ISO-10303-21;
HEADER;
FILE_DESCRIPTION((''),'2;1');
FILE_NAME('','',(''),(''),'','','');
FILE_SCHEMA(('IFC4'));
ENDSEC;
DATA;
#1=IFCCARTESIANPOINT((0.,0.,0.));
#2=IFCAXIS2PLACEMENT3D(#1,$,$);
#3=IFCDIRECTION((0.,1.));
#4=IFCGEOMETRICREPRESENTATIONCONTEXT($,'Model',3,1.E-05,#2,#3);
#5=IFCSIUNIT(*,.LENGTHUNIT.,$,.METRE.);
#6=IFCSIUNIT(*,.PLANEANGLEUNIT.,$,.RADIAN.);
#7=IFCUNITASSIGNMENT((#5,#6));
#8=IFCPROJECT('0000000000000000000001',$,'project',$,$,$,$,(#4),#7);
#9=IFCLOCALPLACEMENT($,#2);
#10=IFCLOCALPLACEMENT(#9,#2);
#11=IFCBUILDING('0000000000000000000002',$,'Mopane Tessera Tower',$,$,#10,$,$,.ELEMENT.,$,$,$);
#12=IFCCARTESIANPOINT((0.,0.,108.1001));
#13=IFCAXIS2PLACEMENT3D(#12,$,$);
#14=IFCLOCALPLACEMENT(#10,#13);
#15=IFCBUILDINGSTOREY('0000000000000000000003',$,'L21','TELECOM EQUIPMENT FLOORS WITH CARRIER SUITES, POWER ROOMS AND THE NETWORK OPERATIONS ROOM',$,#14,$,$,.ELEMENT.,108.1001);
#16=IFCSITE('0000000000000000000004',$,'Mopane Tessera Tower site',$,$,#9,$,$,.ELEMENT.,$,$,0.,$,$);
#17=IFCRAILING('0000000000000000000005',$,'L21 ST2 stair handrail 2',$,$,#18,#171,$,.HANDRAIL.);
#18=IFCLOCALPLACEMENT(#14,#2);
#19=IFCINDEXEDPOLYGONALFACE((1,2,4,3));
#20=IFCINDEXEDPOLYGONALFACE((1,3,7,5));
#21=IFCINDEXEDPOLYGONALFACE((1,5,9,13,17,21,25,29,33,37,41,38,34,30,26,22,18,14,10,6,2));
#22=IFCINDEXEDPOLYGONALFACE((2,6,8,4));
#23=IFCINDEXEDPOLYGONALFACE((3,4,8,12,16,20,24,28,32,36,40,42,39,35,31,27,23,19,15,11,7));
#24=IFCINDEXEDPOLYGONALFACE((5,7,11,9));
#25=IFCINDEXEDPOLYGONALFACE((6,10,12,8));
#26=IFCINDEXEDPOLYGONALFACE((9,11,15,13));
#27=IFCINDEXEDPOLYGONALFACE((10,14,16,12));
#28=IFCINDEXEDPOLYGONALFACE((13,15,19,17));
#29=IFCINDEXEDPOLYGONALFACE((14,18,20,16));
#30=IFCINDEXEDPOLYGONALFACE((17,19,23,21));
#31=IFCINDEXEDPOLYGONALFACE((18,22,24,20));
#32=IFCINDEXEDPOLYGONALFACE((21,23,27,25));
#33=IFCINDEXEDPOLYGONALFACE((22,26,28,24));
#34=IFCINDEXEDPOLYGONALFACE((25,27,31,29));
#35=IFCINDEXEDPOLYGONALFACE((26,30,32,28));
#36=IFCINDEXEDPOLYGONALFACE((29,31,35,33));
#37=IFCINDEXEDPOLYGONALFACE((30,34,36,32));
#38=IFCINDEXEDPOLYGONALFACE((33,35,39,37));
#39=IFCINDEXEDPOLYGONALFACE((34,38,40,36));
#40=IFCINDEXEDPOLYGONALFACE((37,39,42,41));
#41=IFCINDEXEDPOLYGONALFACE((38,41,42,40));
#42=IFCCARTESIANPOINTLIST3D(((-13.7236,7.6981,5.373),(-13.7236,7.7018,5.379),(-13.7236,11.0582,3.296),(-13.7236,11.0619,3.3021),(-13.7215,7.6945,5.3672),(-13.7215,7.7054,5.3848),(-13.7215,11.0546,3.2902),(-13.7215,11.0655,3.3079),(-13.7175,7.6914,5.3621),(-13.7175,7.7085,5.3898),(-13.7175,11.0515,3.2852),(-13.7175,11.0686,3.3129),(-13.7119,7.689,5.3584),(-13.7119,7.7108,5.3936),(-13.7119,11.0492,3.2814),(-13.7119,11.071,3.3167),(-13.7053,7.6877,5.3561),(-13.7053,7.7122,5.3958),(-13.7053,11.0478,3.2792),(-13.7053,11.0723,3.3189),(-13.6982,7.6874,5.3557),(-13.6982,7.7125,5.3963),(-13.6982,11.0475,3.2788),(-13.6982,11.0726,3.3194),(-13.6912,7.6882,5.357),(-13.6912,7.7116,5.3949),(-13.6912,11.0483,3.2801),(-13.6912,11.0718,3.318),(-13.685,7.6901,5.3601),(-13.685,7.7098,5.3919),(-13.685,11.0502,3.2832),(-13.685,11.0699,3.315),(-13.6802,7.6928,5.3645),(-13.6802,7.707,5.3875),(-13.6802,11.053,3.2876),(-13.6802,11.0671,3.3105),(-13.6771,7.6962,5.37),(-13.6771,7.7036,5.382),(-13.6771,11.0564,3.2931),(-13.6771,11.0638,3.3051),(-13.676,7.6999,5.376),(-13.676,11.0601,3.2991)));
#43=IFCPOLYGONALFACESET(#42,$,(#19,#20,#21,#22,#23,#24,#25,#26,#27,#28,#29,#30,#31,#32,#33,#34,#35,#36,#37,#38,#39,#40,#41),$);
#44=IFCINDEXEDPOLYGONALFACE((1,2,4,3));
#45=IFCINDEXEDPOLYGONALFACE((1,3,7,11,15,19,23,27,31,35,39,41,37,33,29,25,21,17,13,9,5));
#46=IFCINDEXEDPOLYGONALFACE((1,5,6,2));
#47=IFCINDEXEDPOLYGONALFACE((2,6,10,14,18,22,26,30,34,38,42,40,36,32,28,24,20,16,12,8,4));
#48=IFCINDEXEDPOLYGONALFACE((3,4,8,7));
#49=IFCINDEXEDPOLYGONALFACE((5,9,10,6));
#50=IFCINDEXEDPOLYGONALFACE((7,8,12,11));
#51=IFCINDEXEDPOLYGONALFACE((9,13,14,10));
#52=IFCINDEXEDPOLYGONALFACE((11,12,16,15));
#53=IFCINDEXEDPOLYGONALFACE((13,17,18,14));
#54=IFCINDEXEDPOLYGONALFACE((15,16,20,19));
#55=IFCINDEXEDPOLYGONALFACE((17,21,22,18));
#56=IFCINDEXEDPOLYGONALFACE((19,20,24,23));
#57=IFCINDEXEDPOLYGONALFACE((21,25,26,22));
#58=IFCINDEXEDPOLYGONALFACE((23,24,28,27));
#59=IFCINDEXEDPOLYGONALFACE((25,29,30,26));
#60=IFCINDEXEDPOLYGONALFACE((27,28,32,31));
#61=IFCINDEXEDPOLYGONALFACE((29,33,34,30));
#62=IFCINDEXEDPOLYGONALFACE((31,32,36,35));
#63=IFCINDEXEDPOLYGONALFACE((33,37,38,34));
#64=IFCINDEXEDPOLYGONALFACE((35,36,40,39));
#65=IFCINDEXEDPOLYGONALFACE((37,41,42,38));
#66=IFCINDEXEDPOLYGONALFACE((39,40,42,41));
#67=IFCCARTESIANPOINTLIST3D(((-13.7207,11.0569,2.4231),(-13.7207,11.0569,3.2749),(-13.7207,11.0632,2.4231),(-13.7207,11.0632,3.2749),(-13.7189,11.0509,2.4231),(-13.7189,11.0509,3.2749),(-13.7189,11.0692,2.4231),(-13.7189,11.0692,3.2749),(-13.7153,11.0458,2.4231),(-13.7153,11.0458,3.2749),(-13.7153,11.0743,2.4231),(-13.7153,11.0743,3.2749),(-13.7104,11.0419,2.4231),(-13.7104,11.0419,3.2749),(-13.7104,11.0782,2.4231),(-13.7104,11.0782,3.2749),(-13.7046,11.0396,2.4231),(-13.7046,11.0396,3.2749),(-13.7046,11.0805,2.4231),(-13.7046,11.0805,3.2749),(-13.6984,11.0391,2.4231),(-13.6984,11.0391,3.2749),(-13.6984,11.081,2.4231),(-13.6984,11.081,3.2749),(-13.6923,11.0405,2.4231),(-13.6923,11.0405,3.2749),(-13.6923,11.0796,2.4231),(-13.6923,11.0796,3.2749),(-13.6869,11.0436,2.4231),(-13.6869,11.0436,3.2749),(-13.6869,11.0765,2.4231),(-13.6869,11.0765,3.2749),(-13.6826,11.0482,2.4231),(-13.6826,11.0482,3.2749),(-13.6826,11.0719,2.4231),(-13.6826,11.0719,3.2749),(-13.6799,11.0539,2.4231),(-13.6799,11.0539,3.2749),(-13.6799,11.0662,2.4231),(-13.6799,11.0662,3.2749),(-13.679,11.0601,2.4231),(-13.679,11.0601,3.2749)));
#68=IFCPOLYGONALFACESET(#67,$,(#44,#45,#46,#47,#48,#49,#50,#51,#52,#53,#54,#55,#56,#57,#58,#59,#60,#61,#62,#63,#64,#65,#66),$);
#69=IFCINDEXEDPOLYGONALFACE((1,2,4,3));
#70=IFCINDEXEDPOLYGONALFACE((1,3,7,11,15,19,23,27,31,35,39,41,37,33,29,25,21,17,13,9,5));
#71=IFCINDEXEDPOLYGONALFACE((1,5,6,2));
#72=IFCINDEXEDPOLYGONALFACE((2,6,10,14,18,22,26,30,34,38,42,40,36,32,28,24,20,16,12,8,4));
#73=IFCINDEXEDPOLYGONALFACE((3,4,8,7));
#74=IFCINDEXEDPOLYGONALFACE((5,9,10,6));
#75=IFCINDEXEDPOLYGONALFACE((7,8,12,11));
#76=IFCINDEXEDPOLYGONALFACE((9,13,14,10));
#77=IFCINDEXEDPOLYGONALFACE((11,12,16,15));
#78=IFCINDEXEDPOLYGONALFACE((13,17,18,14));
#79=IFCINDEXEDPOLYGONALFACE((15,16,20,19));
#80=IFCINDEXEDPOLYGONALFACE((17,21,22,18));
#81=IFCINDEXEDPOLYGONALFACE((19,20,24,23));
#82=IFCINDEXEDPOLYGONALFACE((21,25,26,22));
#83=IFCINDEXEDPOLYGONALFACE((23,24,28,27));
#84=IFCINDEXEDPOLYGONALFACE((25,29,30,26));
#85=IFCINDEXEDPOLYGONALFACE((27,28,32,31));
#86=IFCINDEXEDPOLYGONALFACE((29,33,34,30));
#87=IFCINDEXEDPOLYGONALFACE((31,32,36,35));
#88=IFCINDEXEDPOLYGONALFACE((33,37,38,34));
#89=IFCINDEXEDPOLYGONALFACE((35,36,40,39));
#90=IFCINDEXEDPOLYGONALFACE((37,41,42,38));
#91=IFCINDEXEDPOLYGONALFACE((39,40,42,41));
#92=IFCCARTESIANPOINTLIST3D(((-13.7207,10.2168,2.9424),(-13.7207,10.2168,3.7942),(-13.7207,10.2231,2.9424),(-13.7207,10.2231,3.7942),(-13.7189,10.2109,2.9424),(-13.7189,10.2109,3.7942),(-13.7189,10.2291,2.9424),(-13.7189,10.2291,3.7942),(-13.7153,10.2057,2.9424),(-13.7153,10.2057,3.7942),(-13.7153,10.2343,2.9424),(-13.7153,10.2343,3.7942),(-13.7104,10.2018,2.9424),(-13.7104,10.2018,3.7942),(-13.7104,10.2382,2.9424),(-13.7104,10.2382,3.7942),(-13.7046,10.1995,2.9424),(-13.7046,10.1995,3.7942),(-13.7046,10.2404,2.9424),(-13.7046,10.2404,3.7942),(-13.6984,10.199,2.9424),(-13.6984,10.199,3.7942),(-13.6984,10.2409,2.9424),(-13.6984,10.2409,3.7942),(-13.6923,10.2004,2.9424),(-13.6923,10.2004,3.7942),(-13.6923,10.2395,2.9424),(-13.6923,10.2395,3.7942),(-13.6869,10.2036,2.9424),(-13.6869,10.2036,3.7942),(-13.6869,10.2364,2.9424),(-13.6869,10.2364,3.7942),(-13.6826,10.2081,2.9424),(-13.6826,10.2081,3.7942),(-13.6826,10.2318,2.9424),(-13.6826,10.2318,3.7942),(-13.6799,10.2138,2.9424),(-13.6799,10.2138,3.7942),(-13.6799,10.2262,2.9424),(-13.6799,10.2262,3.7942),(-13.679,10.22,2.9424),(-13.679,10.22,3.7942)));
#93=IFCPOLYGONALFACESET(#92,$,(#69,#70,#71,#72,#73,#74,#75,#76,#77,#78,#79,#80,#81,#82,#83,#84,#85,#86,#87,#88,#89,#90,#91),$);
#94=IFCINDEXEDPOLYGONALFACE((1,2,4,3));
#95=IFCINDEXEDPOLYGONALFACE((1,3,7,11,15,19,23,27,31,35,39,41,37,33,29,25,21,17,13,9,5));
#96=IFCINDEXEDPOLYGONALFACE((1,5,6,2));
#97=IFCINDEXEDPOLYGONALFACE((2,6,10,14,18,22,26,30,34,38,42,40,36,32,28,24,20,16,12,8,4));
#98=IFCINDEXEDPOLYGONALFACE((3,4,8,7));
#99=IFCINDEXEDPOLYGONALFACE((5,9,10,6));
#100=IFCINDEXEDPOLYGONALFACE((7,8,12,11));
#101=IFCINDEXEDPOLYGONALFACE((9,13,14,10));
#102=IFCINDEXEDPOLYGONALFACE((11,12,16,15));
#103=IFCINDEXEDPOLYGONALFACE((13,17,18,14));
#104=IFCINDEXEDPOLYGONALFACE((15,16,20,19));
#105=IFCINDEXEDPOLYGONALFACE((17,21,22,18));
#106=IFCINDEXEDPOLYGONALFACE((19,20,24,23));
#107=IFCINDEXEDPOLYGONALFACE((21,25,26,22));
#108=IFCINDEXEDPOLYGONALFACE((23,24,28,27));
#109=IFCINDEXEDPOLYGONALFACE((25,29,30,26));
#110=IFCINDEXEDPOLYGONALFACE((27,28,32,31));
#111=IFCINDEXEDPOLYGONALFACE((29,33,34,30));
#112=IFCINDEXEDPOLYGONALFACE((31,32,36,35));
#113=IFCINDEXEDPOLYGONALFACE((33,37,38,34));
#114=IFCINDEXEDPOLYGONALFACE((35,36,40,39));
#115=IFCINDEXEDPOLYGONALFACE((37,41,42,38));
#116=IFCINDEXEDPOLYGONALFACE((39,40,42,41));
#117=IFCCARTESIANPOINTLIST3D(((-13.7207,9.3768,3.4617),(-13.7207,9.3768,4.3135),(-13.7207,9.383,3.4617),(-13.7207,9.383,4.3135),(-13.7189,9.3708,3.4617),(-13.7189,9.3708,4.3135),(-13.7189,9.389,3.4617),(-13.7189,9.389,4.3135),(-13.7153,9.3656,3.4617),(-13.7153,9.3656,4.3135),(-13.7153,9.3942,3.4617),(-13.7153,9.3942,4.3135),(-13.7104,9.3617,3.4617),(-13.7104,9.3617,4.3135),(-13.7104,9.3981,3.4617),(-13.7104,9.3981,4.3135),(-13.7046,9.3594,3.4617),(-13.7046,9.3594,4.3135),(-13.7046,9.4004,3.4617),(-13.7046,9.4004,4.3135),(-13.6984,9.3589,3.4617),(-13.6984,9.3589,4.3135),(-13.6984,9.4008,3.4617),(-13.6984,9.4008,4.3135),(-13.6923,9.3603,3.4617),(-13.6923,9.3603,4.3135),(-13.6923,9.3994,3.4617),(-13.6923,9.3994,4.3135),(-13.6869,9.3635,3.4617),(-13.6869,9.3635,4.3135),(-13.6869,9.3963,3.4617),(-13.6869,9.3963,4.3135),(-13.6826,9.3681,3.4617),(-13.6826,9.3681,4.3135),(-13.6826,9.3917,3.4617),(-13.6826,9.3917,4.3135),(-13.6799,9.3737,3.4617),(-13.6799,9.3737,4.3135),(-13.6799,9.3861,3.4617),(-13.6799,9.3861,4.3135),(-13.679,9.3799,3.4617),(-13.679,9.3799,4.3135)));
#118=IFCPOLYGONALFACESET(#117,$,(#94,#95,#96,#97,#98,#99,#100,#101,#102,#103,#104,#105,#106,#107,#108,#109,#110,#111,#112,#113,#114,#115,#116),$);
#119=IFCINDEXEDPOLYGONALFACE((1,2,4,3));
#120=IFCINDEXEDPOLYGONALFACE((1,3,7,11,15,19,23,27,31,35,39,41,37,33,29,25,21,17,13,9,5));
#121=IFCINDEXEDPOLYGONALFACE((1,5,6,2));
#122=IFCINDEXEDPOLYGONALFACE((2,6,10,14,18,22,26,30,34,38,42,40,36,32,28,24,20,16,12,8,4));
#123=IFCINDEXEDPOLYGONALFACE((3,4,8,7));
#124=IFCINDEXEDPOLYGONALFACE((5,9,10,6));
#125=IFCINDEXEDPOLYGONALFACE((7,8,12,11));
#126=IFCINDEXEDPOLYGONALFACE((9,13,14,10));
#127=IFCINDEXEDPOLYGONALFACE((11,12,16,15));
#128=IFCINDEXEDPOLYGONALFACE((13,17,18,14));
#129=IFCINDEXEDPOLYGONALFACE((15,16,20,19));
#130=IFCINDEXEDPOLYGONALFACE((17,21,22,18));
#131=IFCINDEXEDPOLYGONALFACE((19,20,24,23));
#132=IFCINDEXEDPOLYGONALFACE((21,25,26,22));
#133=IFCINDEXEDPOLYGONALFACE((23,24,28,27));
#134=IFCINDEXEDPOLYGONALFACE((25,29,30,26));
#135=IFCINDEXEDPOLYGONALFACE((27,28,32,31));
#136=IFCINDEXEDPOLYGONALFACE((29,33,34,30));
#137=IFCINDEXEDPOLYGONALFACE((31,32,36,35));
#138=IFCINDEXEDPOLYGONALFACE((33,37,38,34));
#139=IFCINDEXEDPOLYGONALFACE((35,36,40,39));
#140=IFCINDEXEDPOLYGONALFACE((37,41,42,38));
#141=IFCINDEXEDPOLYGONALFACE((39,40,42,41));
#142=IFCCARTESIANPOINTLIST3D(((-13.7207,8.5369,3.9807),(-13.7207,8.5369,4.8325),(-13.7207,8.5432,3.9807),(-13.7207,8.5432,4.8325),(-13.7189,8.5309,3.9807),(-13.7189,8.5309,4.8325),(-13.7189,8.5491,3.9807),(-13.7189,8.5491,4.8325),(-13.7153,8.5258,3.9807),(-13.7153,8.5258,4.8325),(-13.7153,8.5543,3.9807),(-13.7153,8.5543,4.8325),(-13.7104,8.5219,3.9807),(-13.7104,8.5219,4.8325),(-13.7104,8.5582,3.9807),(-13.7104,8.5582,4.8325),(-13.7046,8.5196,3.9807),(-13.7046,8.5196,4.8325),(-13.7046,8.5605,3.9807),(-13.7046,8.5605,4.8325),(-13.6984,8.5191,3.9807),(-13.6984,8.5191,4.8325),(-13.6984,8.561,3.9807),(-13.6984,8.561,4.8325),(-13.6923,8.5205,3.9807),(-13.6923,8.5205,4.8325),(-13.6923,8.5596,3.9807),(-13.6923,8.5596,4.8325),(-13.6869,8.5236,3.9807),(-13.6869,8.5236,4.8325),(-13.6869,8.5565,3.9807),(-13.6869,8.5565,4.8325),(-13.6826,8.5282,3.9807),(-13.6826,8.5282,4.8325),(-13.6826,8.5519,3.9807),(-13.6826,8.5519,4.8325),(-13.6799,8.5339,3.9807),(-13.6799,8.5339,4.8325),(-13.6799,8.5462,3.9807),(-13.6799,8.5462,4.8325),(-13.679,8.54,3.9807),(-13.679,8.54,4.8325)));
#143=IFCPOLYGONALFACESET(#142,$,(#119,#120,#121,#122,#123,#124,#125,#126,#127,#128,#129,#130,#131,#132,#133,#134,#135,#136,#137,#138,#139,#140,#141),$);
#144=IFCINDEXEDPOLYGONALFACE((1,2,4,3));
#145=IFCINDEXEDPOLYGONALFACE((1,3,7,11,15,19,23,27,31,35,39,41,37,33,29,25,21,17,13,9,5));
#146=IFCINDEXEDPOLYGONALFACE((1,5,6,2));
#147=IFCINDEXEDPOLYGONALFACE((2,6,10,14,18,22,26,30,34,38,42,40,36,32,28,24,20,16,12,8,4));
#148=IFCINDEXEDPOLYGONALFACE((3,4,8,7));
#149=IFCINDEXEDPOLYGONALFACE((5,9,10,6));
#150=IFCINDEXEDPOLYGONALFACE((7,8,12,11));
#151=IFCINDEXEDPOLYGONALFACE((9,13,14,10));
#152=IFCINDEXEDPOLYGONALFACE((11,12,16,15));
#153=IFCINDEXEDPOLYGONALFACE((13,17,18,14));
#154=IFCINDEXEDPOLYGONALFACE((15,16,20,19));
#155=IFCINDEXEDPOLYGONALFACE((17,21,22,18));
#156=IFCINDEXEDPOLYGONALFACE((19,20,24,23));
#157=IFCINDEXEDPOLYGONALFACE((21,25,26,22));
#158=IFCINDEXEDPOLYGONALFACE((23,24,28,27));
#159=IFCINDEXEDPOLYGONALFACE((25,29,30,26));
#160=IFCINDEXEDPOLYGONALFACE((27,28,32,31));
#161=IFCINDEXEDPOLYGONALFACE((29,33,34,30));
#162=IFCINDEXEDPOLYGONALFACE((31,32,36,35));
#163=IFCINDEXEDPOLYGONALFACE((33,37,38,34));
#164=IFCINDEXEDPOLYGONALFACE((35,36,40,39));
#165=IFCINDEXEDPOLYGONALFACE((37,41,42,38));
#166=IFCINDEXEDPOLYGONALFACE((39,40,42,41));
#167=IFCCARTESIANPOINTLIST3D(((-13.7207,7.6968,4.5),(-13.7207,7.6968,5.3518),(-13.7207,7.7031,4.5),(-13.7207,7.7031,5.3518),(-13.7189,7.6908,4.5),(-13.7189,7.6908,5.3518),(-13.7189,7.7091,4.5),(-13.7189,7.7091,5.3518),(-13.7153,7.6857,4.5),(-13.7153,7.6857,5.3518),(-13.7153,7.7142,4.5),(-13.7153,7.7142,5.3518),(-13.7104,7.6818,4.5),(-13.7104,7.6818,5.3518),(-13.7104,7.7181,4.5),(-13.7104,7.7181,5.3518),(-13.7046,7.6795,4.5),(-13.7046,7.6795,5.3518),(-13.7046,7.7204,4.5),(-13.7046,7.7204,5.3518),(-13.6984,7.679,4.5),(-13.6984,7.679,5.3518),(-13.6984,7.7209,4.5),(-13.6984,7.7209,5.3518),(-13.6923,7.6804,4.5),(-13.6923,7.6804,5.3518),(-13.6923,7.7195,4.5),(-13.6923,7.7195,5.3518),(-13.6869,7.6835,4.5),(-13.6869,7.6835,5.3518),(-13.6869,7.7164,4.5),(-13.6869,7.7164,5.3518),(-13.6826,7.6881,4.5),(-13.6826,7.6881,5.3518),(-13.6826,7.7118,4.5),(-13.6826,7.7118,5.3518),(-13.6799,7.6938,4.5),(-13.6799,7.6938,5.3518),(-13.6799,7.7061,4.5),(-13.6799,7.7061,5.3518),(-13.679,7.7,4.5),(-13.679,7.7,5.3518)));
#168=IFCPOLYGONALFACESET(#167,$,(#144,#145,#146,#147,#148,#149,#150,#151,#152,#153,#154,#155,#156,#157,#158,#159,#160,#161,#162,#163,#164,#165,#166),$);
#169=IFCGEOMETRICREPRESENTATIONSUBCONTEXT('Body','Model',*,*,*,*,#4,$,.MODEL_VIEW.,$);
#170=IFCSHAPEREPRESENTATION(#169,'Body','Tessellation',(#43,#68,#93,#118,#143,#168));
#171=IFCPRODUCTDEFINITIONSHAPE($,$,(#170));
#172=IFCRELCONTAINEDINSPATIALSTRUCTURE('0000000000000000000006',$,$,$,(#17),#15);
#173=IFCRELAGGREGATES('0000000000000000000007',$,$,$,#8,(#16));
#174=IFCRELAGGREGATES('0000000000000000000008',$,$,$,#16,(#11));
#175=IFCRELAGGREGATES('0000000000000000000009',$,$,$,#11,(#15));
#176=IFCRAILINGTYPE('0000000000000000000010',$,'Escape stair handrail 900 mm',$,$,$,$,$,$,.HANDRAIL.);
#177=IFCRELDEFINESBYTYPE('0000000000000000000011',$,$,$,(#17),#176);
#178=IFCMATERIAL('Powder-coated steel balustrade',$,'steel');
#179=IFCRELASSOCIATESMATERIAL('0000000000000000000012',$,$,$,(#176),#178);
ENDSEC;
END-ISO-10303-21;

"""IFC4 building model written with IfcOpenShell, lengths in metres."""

from ifc_helpers import new_model, si_unit, direction, frame, origin, origin_2d, place, context, subcontext, project, spatial, circle, extrude, material, type_object, element, save


model = new_model("IFC4")

# Units and contexts
model_context = context("Model", 3, precision=1e-05, world=origin(), true_north=direction((0.0, 1.0)))
body_context = subcontext(model_context, "Body", "Model", "MODEL_VIEW")
ifc_project = project(units=[si_unit("LENGTHUNIT", "METRE"), si_unit("PLANEANGLEUNIT", "RADIAN")], contexts=[model_context])

# Site, building, storey
site_placement = place(None, origin())
site = spatial("IfcSite", under=ifc_project, at=site_placement, Name="Mopane Tessera Tower site", CompositionType="ELEMENT", RefElevation=0.0)
building_placement = place(site_placement, origin())
building = spatial("IfcBuilding", under=site, at=building_placement, Name="Mopane Tessera Tower", CompositionType="ELEMENT")
storey_placement = place(building_placement, frame((0.0, 0.0, 108.1001)))
storey = spatial("IfcBuildingStorey", under=building, at=storey_placement, Name="L21", Description="TELECOM EQUIPMENT FLOORS WITH CARRIER SUITES, POWER ROOMS AND THE NETWORK OPERATIONS ROOM", CompositionType="ELEMENT", Elevation=108.1001)

# Railing
ifc_material_1 = material(Name="Powder-coated steel balustrade", Category="steel")
railing_type_1 = type_object("IfcRailingType", Name="Escape stair handrail 900 mm", PredefinedType="HANDRAIL", material=ifc_material_1)
railing_1_placement = place(storey_placement, frame((-13.7, 11.0601, 2.4231)))
element("IfcRailing", 1, at=railing_1_placement, inside=storey, type_object=railing_type_1, Name="L21 ST2 stair handrail 2", PredefinedType="HANDRAIL", context=body_context, shape_type="SweptSolid", body=[
    extrude(circle(Radius=0.0239, at=origin_2d()), frame((0.0, 0.0, 0.876), z_axis=(0.0, -0.850623, 0.525776), x_axis=(1.0, 0.0, 0.0)), (0.0, 0.0, 1.0), 3.9502),
    extrude(circle(Radius=0.021, at=origin_2d()), origin(), (0.0, 0.0, 1.0), 0.8518),
    extrude(circle(Radius=0.021, at=origin_2d()), frame((0.0, -0.8401, 0.5193)), (0.0, 0.0, 1.0), 0.8518),
    extrude(circle(Radius=0.021, at=origin_2d()), frame((0.0, -1.6802, 1.0386)), (0.0, 0.0, 1.0), 0.8518),
    extrude(circle(Radius=0.021, at=origin_2d()), frame((0.0, -2.52, 1.5576)), (0.0, 0.0, 1.0), 0.8518),
    extrude(circle(Radius=0.021, at=origin_2d()), frame((0.0, -3.3601, 2.0769)), (0.0, 0.0, 1.0), 0.8518),
])

save(model, "model.ifc")
